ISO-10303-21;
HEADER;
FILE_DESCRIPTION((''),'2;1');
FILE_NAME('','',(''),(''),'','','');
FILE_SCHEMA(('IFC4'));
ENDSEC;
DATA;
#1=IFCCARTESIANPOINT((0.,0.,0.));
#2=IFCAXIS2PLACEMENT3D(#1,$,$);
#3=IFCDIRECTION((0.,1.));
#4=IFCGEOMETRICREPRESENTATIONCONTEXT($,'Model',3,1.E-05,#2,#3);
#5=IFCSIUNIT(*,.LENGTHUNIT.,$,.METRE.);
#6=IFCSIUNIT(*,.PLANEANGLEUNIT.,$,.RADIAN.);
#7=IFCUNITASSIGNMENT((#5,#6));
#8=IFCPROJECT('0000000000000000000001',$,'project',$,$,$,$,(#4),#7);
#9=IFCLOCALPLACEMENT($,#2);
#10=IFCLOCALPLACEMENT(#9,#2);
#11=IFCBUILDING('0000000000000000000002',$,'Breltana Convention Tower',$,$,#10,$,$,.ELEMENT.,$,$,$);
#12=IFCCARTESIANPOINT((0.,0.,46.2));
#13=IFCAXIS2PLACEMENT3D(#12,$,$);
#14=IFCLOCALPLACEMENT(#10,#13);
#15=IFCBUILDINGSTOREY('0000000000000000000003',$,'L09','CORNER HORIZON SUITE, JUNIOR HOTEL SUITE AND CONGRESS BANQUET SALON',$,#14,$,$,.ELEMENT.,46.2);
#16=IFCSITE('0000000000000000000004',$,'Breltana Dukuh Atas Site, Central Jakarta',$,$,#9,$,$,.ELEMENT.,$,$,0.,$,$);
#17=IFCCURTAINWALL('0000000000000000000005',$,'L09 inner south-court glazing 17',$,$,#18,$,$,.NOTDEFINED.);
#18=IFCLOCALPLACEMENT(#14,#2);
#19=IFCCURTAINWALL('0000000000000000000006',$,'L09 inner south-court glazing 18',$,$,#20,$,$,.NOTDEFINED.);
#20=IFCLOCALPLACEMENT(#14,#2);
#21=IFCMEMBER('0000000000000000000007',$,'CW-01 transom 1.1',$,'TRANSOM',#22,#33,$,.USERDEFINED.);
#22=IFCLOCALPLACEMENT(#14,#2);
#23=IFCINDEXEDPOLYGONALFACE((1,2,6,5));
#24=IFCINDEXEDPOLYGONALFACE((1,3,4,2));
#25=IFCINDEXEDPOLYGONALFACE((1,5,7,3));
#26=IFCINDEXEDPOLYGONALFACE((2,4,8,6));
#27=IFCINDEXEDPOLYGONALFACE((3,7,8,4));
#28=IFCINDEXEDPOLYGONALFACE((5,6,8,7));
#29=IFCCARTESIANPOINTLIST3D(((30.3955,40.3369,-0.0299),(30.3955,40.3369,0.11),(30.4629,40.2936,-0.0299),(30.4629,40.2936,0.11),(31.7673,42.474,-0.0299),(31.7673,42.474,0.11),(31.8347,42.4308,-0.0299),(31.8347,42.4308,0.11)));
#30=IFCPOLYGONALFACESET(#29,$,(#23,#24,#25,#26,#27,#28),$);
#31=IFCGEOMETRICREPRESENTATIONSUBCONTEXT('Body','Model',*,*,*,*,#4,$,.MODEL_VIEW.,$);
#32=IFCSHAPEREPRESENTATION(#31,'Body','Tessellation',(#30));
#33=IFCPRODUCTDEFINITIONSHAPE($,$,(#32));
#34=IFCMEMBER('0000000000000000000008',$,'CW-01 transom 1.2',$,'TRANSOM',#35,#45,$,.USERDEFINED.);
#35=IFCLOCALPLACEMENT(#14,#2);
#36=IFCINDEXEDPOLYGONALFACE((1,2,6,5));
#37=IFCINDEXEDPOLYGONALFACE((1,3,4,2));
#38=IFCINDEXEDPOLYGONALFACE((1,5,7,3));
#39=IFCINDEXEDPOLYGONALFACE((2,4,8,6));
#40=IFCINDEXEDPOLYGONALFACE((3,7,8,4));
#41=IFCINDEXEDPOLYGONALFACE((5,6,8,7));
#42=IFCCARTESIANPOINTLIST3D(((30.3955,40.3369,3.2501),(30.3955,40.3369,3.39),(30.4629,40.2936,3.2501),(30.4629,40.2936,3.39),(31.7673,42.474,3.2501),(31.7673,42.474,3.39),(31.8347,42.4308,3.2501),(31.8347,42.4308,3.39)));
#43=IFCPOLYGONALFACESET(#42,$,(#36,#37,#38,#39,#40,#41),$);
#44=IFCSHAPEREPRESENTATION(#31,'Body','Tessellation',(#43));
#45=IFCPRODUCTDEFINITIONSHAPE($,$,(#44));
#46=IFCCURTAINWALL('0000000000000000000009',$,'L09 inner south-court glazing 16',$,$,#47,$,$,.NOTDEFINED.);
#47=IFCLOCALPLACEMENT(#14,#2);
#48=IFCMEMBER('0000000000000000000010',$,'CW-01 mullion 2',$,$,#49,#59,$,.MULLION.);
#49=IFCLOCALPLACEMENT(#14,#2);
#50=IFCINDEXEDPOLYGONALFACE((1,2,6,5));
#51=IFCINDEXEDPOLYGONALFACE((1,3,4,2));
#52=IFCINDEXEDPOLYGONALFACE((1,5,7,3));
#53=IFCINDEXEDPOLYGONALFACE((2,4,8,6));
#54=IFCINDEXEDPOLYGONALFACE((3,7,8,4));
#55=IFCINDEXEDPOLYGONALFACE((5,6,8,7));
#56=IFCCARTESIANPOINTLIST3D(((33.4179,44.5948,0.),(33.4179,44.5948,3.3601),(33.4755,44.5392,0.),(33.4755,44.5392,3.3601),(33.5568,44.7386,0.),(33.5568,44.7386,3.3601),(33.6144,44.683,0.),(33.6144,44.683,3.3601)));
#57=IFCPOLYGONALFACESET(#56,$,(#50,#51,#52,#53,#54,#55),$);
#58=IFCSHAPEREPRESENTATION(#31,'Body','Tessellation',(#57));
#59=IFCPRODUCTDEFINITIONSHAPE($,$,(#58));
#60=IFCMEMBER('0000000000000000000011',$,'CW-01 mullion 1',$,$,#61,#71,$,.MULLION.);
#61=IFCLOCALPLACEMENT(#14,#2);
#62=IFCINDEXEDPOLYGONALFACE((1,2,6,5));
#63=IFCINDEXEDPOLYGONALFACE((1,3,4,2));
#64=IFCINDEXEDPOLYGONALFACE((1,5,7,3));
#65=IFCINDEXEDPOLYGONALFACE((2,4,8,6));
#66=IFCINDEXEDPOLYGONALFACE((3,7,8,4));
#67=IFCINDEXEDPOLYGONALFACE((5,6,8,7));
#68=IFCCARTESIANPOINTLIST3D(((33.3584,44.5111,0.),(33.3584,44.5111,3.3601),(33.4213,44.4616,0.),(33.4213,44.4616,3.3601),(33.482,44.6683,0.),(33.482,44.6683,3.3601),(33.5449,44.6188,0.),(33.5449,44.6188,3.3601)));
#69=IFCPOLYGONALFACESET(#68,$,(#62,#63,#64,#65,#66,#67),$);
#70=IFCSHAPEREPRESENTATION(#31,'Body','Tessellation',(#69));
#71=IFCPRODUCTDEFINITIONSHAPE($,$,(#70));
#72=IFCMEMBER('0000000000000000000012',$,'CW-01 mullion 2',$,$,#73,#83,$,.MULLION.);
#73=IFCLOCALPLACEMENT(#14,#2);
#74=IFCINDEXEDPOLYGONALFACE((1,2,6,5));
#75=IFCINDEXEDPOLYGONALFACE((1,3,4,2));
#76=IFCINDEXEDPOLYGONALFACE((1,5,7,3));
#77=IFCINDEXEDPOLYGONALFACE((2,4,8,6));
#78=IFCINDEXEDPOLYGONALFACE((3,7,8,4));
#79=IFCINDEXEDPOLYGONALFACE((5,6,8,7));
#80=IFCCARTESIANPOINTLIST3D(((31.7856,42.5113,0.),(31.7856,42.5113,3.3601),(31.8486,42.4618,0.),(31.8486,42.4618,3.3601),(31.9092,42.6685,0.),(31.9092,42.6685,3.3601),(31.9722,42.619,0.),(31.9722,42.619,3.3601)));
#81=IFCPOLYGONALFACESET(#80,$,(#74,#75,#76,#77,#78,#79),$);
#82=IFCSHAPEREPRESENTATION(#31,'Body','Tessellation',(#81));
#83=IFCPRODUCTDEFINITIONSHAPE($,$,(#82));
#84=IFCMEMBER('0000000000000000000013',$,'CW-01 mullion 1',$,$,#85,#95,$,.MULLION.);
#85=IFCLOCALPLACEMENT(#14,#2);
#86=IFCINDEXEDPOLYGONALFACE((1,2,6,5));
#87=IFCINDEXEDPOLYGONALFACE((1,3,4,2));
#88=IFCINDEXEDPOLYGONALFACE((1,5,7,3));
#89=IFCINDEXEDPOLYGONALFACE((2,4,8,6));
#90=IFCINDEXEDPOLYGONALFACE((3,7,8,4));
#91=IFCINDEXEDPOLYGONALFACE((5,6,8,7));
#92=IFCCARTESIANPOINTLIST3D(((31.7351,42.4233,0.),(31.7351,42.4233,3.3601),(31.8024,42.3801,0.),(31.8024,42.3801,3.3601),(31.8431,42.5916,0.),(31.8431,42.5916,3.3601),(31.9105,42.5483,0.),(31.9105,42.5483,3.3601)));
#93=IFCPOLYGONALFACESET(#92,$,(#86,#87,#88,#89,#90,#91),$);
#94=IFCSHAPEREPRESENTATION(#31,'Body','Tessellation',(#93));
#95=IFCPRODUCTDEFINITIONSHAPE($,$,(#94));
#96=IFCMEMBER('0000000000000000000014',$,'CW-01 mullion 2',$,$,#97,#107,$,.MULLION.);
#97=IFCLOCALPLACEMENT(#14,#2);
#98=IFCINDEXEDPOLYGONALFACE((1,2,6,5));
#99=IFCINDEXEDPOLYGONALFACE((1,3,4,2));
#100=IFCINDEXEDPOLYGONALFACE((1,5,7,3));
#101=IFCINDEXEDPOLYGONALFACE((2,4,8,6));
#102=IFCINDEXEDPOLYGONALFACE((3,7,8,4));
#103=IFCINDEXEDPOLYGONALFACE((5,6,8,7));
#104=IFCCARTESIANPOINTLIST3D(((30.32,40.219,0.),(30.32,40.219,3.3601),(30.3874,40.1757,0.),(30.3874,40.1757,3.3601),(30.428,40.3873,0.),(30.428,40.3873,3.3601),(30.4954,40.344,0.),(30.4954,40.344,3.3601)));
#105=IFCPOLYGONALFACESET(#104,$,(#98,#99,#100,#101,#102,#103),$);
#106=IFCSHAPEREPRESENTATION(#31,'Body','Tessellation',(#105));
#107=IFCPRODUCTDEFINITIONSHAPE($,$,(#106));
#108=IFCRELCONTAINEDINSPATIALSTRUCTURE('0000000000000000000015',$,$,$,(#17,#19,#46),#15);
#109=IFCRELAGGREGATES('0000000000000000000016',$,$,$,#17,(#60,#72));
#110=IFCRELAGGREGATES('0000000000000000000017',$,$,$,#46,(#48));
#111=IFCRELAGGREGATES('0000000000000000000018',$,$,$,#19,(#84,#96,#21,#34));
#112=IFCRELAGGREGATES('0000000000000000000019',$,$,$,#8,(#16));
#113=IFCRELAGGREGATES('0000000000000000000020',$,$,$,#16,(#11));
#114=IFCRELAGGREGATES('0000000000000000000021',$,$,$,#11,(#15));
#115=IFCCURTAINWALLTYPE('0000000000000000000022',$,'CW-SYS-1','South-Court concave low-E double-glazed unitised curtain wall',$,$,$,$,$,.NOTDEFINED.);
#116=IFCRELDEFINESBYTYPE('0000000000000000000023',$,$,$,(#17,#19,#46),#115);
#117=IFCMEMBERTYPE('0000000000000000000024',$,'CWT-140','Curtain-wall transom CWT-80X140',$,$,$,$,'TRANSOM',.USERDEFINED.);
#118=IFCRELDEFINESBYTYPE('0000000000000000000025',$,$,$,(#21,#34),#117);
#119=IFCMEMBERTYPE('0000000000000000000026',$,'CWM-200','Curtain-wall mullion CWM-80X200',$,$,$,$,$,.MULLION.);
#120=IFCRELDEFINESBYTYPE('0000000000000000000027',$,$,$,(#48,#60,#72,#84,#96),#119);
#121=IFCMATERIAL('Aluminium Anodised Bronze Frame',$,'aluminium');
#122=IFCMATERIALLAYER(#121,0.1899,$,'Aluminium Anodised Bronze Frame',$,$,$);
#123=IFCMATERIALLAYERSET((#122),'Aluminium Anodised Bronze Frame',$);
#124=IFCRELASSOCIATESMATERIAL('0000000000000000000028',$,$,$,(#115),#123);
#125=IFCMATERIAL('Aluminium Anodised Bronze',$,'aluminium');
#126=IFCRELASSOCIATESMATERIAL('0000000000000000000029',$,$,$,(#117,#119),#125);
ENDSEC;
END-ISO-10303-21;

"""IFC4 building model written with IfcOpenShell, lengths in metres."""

from ifc_helpers import new_model, si_unit, direction, frame, origin, origin_2d, place, context, subcontext, project, spatial, rectangle, extrude, source, transform, mapped, material, layer, layer_set, material_profile, profile_set, type_object, element, aggregate, save


model = new_model("IFC4")

# Units and contexts
model_context = context("Model", 3, precision=1e-05, world=origin(), true_north=direction((0.0, 1.0)))
body_context = subcontext(model_context, "Body", "Model", "MODEL_VIEW")
ifc_project = project(units=[si_unit("LENGTHUNIT", "METRE"), si_unit("PLANEANGLEUNIT", "RADIAN")], contexts=[model_context])

# Site, building, storey
site_placement = place(None, origin())
site = spatial("IfcSite", under=ifc_project, at=site_placement, Name="Breltana Dukuh Atas Site, Central Jakarta", CompositionType="ELEMENT", RefElevation=0.0)
building_placement = place(site_placement, origin())
building = spatial("IfcBuilding", under=site, at=building_placement, Name="Breltana Convention Tower", CompositionType="ELEMENT")
storey_placement = place(building_placement, frame((0.0, 0.0, 46.2)))
storey = spatial("IfcBuildingStorey", under=building, at=storey_placement, Name="L09", Description="CORNER HORIZON SUITE, JUNIOR HOTEL SUITE AND CONGRESS BANQUET SALON", CompositionType="ELEMENT", Elevation=46.2)

# Curtain walls, members
ifc_material_1 = material(Name="Aluminium Anodised Bronze Frame", Category="aluminium")
ifc_layer_1 = layer(ifc_material_1, 0.1899, Name="Aluminium Anodised Bronze Frame")
ifc_layer_set_1 = layer_set([ifc_layer_1], Name="Aluminium Anodised Bronze Frame")
curtain_wall_type = type_object("IfcCurtainWallType", Name="CW-SYS-1", Description="South-Court concave low-E double-glazed unitised curtain wall", PredefinedType="NOTDEFINED", material=ifc_layer_set_1)
curtain_wall_1_placement = place(storey_placement, origin())
curtain_wall_1 = element("IfcCurtainWall", 1, at=curtain_wall_1_placement, inside=storey, type_object=curtain_wall_type, Name="L09 inner south-court glazing 17", PredefinedType="NOTDEFINED")
ifc_material_2 = material(Name="Aluminium Anodised Bronze", Category="aluminium")
ifc_material_profile_1 = material_profile(ifc_material_2, rectangle(XDim=0.0801, YDim=0.1399, at=origin_2d()), Name="CWT-80X140")
ifc_profile_set_1 = profile_set([ifc_material_profile_1], Name="Aluminium Anodised Bronze")
member_type_1 = type_object("IfcMemberType", Name="CWT-140", Description="Curtain-wall transom CWT-80X140", ElementType="TRANSOM", PredefinedType="USERDEFINED", material=ifc_profile_set_1)
curtain_wall_2_placement = place(storey_placement, origin())
curtain_wall_2 = element("IfcCurtainWall", 2, at=curtain_wall_2_placement, inside=storey, type_object=curtain_wall_type, Name="L09 inner south-court glazing 18", PredefinedType="NOTDEFINED")
shared_shape_1 = source(origin(), body_context, "Body", "SweptSolid", [
    extrude(rectangle(XDim=0.0801, YDim=0.1399, at=origin_2d()), origin(), (0.0, 0.0, 1.0), 2.5396),
])
member_1_placement = place(storey_placement, frame((31.801, 42.4524, 0.04), z_axis=(-0.540174, -0.841553, 0.0), x_axis=(0.841553, -0.540174, 0.0)))
member_1 = element("IfcMember", 3, at=member_1_placement, type_object=member_type_1, Name="CW-01 transom 1.1", ObjectType="TRANSOM", PredefinedType="USERDEFINED", context=body_context, shape_type="MappedRepresentation", body=[
    mapped(shared_shape_1, transform((0.0, 0.0, 0.0), scale=1.0)),
])
member_2_placement = place(storey_placement, frame((31.801, 42.4524, 3.3201), z_axis=(-0.540174, -0.841553, 0.0), x_axis=(0.841553, -0.540174, 0.0)))
member_2 = element("IfcMember", 4, at=member_2_placement, type_object=member_type_1, Name="CW-01 transom 1.2", ObjectType="TRANSOM", PredefinedType="USERDEFINED", context=body_context, shape_type="MappedRepresentation", body=[
    mapped(shared_shape_1, transform((0.0, 0.0, 0.0), scale=1.0)),
])

# Curtain wall, member
curtain_wall_3_placement = place(storey_placement, origin())
curtain_wall_3 = element("IfcCurtainWall", 5, at=curtain_wall_3_placement, inside=storey, type_object=curtain_wall_type, Name="L09 inner south-court glazing 16", PredefinedType="NOTDEFINED")
ifc_material_profile_2 = material_profile(ifc_material_2, rectangle(XDim=0.0801, YDim=0.2, at=origin_2d()), Name="CWM-80X200")
ifc_profile_set_2 = profile_set([ifc_material_profile_2], Name="Aluminium Anodised Bronze")
member_type_2 = type_object("IfcMemberType", Name="CWM-200", Description="Curtain-wall mullion CWM-80X200", PredefinedType="MULLION", material=ifc_profile_set_2)
shared_shape_2 = source(origin(), body_context, "Body", "SweptSolid", [
    extrude(rectangle(XDim=0.0801, YDim=0.2, at=origin_2d()), origin(), (0.0, 0.0, 1.0), 3.3601),
])
member_3_placement = place(storey_placement, frame((33.5161, 44.6389, 0.0), z_axis=(0.0, 0.0, 1.0), x_axis=(0.719385, -0.694612, 0.0)))
member_3 = element("IfcMember", 6, at=member_3_placement, type_object=member_type_2, Name="CW-01 mullion 2", PredefinedType="MULLION", context=body_context, shape_type="MappedRepresentation", body=[
    mapped(shared_shape_2, transform((0.0, 0.0, 0.0), scale=1.0)),
])

# Members
member_4_placement = place(storey_placement, frame((33.4517, 44.5649, 0.0), z_axis=(0.0, 0.0, 1.0), x_axis=(0.786058, -0.618153, 0.0)))
member_4 = element("IfcMember", 7, at=member_4_placement, type_object=member_type_2, Name="CW-01 mullion 1", PredefinedType="MULLION", context=body_context, shape_type="MappedRepresentation", body=[
    mapped(shared_shape_2, transform((0.0, 0.0, 0.0), scale=1.0)),
])
member_5_placement = place(storey_placement, frame((31.8789, 42.5652, 0.0), z_axis=(0.0, 0.0, 1.0), x_axis=(0.786058, -0.618153, 0.0)))
member_5 = element("IfcMember", 8, at=member_5_placement, type_object=member_type_2, Name="CW-01 mullion 2", PredefinedType="MULLION", context=body_context, shape_type="MappedRepresentation", body=[
    mapped(shared_shape_2, transform((0.0, 0.0, 0.0), scale=1.0)),
])
member_6_placement = place(storey_placement, frame((31.8228, 42.4858, 0.0), z_axis=(0.0, 0.0, 1.0), x_axis=(0.841556, -0.54017, 0.0)))
member_6 = element("IfcMember", 9, at=member_6_placement, type_object=member_type_2, Name="CW-01 mullion 1", PredefinedType="MULLION", context=body_context, shape_type="MappedRepresentation", body=[
    mapped(shared_shape_2, transform((0.0, 0.0, 0.0), scale=1.0)),
])
member_7_placement = place(storey_placement, frame((30.4077, 40.2815, 0.0), z_axis=(0.0, 0.0, 1.0), x_axis=(0.841556, -0.54017, 0.0)))
member_7 = element("IfcMember", 10, at=member_7_placement, type_object=member_type_2, Name="CW-01 mullion 2", PredefinedType="MULLION", context=body_context, shape_type="MappedRepresentation", body=[
    mapped(shared_shape_2, transform((0.0, 0.0, 0.0), scale=1.0)),
])

aggregate(curtain_wall_1, [member_4, member_5])
aggregate(curtain_wall_3, [member_3])
aggregate(curtain_wall_2, [member_6, member_7, member_1, member_2])

save(model, "model.ifc")
